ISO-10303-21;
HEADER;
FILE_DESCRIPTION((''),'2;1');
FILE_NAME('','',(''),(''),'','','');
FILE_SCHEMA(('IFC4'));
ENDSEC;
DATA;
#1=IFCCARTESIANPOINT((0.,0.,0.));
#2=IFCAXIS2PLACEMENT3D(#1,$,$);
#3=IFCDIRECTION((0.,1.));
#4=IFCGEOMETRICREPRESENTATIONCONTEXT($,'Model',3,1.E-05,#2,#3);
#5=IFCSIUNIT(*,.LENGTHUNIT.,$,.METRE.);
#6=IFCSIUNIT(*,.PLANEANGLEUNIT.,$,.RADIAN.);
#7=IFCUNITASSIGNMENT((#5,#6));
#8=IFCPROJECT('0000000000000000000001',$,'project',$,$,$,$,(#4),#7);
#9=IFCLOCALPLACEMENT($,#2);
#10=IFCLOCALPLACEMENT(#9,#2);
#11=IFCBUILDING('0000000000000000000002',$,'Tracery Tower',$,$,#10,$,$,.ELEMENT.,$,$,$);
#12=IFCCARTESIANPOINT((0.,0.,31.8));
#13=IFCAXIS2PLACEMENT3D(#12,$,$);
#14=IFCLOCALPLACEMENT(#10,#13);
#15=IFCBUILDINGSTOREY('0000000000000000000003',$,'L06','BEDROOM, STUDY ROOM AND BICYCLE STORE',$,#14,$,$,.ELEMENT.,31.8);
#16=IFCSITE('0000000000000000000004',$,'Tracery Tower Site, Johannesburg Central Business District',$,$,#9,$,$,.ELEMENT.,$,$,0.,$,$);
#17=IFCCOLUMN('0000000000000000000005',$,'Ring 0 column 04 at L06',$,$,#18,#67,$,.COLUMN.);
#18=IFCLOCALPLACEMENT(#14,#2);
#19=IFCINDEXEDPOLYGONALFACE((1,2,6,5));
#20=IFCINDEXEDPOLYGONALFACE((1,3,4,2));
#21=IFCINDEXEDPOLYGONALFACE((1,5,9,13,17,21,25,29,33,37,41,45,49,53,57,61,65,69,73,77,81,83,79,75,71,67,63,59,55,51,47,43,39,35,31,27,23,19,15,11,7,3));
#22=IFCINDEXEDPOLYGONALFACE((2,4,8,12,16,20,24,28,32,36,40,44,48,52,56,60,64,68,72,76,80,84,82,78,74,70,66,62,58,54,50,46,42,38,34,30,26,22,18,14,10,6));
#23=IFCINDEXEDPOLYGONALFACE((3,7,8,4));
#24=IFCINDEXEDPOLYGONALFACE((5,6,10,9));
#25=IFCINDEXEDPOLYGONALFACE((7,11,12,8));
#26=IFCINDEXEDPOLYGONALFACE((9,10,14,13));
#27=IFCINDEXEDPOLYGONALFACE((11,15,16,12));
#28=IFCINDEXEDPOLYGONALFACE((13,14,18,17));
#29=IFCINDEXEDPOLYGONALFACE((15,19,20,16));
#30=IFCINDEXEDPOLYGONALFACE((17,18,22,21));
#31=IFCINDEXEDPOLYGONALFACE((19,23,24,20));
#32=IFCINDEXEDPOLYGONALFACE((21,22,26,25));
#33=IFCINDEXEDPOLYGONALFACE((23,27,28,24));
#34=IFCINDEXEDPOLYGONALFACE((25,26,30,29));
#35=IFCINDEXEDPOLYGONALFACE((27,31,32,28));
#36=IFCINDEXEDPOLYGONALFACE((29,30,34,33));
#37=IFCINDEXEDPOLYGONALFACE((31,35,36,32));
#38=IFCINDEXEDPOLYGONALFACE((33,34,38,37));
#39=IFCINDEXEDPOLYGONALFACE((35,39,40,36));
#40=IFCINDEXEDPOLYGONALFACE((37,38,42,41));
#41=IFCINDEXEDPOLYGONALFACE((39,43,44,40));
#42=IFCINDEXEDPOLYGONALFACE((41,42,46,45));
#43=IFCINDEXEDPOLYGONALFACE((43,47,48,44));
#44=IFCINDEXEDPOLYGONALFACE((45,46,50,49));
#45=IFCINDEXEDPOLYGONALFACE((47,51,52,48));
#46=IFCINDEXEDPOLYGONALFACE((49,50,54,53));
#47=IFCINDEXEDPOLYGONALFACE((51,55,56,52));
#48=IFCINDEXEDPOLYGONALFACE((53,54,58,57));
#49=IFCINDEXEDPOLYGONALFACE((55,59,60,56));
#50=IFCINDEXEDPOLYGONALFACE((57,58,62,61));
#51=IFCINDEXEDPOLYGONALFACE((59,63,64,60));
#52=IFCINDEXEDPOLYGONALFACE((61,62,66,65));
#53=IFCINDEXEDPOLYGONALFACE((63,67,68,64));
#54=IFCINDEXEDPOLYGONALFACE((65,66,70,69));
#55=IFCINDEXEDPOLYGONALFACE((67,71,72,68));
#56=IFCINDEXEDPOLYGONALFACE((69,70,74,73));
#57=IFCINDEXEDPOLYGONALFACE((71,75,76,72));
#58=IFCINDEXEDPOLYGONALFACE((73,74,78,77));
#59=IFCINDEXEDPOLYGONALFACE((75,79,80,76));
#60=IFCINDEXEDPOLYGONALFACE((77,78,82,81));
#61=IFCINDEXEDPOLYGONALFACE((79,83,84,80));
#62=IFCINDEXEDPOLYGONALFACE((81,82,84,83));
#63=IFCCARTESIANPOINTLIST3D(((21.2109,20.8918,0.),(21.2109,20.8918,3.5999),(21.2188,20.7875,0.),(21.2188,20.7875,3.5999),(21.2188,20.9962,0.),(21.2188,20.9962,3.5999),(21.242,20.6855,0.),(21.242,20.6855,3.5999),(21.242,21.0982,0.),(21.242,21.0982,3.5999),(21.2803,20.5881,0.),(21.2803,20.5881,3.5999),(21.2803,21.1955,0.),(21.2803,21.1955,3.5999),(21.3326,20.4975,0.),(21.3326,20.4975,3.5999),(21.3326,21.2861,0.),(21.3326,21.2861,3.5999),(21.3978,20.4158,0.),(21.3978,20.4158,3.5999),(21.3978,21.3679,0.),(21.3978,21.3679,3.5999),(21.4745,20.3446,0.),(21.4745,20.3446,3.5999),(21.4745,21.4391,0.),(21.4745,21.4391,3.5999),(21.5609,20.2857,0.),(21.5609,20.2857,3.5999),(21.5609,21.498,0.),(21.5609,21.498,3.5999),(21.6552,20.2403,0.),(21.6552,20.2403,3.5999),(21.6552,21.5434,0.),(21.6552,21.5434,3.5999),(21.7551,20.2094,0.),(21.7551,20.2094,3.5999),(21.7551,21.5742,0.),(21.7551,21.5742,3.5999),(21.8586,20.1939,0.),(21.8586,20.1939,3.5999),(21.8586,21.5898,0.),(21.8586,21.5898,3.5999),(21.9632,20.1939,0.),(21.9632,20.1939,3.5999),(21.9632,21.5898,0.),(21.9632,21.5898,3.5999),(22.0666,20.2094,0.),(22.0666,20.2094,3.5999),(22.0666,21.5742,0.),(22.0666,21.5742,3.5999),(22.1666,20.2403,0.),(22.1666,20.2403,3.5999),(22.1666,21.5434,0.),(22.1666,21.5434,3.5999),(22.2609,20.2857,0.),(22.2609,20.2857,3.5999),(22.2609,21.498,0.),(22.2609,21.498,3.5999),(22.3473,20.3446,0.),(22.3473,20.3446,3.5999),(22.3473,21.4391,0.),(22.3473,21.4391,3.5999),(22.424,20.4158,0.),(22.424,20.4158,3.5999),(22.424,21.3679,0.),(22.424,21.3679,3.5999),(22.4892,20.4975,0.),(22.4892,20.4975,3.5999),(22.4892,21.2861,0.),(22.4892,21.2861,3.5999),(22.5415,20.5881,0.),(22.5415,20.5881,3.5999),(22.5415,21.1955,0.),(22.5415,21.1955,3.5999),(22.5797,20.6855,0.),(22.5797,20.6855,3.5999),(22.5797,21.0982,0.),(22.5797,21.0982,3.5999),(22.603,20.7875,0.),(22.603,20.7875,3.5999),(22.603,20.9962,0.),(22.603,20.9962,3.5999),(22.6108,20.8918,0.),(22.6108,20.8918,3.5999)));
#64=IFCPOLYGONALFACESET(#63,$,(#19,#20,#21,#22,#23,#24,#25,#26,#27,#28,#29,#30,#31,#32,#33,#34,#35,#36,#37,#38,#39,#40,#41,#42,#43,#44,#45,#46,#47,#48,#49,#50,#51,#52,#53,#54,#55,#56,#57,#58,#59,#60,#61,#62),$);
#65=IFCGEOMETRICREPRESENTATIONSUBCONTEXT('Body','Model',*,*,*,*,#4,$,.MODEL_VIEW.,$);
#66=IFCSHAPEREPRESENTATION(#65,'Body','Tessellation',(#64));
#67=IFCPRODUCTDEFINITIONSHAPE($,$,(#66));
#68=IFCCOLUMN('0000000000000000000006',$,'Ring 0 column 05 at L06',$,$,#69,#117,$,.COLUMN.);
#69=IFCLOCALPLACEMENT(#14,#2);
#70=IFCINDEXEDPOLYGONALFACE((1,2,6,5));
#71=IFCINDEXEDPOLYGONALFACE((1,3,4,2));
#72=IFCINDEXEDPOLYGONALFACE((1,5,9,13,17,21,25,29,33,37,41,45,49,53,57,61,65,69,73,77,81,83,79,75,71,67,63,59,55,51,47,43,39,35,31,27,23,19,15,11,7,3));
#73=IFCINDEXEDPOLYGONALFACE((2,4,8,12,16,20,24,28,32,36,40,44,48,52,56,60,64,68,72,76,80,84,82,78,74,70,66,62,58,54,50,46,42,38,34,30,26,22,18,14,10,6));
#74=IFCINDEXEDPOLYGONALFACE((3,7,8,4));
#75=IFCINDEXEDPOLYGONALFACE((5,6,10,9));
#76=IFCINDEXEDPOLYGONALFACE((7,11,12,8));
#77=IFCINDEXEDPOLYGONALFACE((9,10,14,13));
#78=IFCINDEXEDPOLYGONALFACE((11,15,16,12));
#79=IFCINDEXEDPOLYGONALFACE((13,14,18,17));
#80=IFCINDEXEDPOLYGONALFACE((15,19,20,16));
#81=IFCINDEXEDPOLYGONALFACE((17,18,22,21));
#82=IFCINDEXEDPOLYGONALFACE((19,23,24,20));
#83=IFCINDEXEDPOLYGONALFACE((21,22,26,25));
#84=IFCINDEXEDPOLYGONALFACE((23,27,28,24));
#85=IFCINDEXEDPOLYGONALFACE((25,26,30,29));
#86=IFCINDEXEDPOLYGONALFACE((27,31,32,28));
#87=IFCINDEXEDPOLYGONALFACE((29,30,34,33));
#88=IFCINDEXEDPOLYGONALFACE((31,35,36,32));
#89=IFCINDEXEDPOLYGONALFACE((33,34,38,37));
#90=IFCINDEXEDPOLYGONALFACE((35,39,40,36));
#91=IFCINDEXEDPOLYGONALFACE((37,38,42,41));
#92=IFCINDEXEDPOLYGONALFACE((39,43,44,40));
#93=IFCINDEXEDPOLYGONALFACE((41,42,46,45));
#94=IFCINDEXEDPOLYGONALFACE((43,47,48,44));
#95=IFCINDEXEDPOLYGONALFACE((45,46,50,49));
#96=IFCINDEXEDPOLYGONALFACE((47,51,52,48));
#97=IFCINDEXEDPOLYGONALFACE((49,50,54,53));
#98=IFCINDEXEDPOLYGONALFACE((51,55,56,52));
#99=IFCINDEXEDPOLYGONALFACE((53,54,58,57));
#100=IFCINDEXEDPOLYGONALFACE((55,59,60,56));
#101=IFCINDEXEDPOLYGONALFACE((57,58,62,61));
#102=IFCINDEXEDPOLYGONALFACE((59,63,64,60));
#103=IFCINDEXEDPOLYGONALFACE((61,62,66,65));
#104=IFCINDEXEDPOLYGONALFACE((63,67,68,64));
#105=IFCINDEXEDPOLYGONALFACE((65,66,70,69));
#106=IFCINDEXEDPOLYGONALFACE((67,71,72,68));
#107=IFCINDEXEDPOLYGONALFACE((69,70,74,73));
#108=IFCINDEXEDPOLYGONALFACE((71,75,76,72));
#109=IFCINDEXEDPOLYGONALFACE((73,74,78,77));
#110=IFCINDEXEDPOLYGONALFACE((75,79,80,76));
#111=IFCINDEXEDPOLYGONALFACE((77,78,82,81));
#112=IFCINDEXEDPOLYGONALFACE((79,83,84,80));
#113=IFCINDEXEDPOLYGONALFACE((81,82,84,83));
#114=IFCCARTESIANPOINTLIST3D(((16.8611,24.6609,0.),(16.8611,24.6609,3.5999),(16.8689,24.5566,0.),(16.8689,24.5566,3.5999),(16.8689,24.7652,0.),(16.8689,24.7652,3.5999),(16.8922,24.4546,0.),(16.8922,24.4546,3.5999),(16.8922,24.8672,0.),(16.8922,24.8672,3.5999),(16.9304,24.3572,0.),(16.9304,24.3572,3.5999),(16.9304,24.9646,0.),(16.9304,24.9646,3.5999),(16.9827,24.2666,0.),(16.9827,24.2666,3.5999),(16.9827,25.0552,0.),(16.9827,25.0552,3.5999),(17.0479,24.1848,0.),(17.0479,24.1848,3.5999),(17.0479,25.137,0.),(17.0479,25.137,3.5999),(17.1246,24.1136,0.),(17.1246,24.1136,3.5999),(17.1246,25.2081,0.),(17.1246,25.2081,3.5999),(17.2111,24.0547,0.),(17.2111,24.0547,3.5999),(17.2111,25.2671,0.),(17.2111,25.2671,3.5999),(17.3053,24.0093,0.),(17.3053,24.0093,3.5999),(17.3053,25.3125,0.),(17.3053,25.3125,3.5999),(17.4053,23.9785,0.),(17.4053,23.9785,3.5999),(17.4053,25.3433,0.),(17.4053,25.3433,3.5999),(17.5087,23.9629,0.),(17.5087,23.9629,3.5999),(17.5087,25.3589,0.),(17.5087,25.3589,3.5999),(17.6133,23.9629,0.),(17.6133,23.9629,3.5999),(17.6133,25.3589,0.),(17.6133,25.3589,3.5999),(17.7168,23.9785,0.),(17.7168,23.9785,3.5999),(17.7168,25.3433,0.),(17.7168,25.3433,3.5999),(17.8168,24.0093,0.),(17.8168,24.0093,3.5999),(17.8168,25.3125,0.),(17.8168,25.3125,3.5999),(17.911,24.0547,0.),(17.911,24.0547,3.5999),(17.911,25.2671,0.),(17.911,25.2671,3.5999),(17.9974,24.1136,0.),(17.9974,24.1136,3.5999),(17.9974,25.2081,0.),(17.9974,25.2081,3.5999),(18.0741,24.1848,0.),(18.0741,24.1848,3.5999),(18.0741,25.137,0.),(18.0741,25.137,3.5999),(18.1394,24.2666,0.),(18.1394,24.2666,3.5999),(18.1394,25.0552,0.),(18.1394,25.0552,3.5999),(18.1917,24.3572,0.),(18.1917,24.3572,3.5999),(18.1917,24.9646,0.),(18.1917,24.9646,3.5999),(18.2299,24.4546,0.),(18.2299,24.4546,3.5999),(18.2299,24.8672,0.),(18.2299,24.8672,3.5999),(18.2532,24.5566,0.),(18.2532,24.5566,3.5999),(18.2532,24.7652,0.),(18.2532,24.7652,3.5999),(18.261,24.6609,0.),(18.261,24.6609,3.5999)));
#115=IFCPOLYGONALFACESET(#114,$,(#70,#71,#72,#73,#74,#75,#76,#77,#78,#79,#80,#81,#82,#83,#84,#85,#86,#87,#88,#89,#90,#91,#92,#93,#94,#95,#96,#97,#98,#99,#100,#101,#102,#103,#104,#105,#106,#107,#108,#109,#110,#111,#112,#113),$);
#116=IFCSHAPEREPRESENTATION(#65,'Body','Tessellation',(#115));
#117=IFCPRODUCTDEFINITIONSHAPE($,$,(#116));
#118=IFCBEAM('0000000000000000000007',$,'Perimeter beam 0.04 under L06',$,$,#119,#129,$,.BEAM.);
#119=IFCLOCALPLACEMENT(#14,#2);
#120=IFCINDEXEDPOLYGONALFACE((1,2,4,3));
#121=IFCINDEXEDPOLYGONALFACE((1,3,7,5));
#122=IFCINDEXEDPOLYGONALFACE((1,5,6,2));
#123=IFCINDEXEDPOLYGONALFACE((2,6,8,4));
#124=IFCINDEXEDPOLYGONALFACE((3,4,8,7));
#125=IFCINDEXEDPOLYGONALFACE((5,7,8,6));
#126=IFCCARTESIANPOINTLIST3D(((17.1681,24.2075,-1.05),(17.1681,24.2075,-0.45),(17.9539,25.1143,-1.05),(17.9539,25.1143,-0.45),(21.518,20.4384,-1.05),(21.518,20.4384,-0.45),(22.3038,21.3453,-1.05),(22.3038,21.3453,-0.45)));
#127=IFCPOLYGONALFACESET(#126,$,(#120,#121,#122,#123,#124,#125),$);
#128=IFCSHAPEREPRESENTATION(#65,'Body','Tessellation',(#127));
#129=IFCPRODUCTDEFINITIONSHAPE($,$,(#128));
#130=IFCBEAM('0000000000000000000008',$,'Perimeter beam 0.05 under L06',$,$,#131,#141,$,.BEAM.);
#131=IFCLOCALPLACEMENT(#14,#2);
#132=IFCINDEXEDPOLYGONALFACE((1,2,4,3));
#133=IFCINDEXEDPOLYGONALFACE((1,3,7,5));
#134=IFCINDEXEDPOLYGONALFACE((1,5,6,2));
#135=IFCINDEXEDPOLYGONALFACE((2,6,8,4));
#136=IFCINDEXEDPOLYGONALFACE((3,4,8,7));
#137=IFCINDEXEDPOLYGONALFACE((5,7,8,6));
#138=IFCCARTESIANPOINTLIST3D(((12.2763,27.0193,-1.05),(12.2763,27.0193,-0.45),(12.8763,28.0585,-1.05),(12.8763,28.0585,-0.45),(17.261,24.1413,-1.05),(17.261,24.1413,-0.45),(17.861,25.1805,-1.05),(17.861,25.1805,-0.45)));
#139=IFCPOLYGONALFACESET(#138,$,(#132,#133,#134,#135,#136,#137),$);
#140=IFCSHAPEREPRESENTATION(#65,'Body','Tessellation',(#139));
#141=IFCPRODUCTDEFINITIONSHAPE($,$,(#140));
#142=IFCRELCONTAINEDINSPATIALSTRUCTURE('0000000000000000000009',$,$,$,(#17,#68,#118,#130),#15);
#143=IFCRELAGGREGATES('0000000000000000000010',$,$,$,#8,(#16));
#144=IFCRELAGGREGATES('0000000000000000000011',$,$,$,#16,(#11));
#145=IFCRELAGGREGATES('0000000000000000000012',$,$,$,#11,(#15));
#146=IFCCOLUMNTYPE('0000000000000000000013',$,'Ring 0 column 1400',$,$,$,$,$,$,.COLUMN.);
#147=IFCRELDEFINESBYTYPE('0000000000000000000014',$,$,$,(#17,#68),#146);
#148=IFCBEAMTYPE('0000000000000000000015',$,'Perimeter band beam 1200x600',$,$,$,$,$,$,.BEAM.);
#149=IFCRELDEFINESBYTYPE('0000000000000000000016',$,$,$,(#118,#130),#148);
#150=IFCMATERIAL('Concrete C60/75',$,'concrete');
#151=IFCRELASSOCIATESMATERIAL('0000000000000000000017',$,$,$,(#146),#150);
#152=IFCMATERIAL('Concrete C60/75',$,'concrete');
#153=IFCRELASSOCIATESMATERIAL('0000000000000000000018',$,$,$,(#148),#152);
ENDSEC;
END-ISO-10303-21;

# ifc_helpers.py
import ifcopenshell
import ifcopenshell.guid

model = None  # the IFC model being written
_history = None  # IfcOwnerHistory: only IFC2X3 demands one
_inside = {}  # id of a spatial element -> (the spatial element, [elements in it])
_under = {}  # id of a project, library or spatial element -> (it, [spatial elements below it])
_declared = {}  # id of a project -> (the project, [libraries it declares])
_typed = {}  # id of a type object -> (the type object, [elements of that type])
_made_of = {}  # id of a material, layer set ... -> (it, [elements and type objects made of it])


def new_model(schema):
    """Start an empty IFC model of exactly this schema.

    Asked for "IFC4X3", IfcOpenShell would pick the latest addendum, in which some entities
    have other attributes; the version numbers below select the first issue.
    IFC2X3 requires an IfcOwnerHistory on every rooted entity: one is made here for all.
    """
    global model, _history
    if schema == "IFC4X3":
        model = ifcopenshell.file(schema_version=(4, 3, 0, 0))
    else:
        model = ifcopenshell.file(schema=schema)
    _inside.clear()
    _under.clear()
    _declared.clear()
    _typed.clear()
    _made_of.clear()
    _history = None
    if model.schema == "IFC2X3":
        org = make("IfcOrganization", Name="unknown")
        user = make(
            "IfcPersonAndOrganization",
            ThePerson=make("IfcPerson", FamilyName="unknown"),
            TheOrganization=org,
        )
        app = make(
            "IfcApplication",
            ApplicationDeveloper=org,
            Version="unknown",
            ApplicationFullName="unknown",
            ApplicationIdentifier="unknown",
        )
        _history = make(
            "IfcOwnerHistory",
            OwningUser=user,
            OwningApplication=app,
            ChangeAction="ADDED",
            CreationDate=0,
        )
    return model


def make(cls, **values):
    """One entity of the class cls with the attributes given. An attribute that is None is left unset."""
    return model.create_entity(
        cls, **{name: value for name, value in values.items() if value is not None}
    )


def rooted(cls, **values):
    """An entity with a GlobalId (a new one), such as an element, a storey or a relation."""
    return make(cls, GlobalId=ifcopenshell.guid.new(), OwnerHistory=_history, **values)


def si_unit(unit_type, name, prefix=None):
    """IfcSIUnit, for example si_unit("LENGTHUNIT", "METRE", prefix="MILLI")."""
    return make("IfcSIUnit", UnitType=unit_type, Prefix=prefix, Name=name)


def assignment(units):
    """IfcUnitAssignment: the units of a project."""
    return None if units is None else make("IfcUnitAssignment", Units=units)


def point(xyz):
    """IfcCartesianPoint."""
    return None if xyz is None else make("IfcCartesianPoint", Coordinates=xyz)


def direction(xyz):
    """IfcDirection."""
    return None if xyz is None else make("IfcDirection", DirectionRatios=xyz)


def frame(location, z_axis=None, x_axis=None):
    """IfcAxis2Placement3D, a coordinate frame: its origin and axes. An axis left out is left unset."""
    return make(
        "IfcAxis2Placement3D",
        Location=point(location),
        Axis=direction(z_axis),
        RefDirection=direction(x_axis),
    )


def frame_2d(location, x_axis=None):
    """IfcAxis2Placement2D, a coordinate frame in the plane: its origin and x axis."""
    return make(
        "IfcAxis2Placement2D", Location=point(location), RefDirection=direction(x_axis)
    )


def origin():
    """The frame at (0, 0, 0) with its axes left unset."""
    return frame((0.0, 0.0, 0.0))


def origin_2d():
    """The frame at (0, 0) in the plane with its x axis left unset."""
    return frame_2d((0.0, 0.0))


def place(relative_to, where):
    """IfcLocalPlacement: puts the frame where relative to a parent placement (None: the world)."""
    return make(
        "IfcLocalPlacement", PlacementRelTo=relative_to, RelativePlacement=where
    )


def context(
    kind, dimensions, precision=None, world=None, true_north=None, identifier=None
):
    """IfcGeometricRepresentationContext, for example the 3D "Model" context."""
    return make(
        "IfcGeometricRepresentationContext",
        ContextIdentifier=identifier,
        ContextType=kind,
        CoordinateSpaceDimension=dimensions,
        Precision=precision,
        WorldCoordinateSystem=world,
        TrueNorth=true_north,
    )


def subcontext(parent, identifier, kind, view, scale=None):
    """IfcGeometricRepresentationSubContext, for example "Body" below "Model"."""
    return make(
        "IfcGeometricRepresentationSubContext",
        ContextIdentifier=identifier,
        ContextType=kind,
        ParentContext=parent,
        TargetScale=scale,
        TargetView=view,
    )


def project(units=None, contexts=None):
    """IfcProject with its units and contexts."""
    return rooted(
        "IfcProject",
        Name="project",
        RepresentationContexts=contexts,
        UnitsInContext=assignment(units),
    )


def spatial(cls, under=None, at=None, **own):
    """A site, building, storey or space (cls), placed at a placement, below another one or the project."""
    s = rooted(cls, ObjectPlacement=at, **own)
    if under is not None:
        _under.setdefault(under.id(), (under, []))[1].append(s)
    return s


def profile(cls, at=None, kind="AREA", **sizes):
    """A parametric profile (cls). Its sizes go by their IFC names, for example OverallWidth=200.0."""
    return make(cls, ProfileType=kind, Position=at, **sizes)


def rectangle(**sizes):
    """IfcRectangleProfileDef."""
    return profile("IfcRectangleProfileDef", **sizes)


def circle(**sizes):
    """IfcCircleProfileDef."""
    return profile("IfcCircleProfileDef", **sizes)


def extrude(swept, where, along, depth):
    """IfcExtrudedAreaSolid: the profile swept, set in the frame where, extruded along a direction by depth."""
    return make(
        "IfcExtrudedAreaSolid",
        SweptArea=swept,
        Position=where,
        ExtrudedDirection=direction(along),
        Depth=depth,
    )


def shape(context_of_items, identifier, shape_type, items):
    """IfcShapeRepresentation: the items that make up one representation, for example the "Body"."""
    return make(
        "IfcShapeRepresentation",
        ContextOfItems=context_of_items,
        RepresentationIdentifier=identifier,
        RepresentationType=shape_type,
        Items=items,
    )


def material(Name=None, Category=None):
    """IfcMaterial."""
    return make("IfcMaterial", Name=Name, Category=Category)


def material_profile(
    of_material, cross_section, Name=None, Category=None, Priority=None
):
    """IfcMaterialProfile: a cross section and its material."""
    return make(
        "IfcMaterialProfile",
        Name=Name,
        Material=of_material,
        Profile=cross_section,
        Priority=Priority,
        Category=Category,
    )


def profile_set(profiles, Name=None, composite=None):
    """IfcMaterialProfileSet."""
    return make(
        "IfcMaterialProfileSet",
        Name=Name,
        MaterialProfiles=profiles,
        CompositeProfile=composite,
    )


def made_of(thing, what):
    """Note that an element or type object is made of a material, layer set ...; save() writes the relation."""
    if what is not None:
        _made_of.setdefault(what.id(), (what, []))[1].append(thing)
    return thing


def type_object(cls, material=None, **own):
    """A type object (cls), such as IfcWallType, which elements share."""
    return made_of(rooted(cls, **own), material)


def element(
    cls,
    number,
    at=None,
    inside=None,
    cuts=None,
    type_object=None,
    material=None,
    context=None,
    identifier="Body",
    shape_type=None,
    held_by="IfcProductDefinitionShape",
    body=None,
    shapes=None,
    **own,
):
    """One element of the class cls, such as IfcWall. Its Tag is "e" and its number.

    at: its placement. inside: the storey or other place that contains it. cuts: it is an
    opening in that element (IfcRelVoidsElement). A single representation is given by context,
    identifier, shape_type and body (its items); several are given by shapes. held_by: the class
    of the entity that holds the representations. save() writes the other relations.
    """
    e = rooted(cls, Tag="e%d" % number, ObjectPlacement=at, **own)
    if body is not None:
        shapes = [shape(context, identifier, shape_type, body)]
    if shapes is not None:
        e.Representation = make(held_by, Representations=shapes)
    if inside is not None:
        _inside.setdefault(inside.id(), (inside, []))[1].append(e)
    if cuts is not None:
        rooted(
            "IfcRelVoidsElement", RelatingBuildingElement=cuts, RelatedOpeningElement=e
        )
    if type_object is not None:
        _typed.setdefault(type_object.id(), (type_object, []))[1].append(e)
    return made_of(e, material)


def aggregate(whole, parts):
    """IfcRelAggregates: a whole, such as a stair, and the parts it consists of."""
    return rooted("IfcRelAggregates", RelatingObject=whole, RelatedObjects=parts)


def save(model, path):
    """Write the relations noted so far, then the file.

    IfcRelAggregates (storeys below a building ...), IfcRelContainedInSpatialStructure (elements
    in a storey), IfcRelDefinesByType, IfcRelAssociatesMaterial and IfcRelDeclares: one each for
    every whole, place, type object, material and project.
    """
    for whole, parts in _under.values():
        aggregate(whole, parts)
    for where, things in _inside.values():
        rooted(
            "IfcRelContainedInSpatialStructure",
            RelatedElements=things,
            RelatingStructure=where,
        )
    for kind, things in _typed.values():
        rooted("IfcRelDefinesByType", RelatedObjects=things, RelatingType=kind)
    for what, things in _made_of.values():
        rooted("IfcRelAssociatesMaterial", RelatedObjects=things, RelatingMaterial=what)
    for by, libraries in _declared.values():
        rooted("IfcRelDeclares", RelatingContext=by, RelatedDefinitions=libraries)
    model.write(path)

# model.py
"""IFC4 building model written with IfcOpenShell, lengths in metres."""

from ifc_helpers import new_model, si_unit, direction, frame, origin, origin_2d, place, context, subcontext, project, spatial, rectangle, circle, extrude, material, material_profile, profile_set, type_object, element, save


model = new_model("IFC4")

# Units and contexts
model_context = context("Model", 3, precision=1e-05, world=origin(), true_north=direction((0.0, 1.0)))
body_context = subcontext(model_context, "Body", "Model", "MODEL_VIEW")
ifc_project = project(units=[si_unit("LENGTHUNIT", "METRE"), si_unit("PLANEANGLEUNIT", "RADIAN")], contexts=[model_context])

# Site, building, storey
site_placement = place(None, origin())
site = spatial("IfcSite", under=ifc_project, at=site_placement, Name="Tracery Tower Site, Johannesburg Central Business District", CompositionType="ELEMENT", RefElevation=0.0)
building_placement = place(site_placement, origin())
building = spatial("IfcBuilding", under=site, at=building_placement, Name="Tracery Tower", CompositionType="ELEMENT")
storey_placement = place(building_placement, frame((0.0, 0.0, 31.8)))
storey = spatial("IfcBuildingStorey", under=building, at=storey_placement, Name="L06", Description="BEDROOM, STUDY ROOM AND BICYCLE STORE", CompositionType="ELEMENT", Elevation=31.8)

# Columns
ifc_material_1 = material(Name="Concrete C60/75", Category="concrete")
ifc_material_profile_1 = material_profile(ifc_material_1, circle(Radius=0.7, at=origin_2d()), Name="RC D1400")
ifc_profile_set_1 = profile_set([ifc_material_profile_1], Name="Concrete C60/75")
column_type = type_object("IfcColumnType", Name="Ring 0 column 1400", PredefinedType="COLUMN", material=ifc_profile_set_1)
for number, where, z_axis, x_axis, name in (
    (1, (21.9109, 20.8918, 0.0), (0.0, 0.0, 1.0), (1.0, 0.0, 0.0), "Ring 0 column 04 at L06"),
    (2, (17.561, 24.6609, 0.0), (0.0, 0.0, 1.0), (1.0, 0.0, 0.0), "Ring 0 column 05 at L06"),
):
    element("IfcColumn", number, at=place(storey_placement, frame(where, z_axis=z_axis, x_axis=x_axis)), inside=storey, type_object=column_type, Name=name, PredefinedType="COLUMN", context=body_context, shape_type="SweptSolid", body=[
        extrude(circle(Radius=0.7, at=origin_2d()), origin(), (0.0, 0.0, 1.0), 3.5999),
    ])

# Beams
ifc_material_2 = material(Name="Concrete C60/75", Category="concrete")
ifc_material_profile_2 = material_profile(ifc_material_2, rectangle(XDim=1.2, YDim=0.6001, at=origin_2d()), Name="RC 1200x600")
ifc_profile_set_2 = profile_set([ifc_material_profile_2], Name="Concrete C60/75")
beam_type = type_object("IfcBeamType", Name="Perimeter band beam 1200x600", PredefinedType="BEAM", material=ifc_profile_set_2)
beam_1_placement = place(storey_placement, frame((21.9109, 20.8918, -0.75), z_axis=(-0.75576, 0.654848, 0.0), x_axis=(-0.654848, -0.75576, 0.0)))
element("IfcBeam", 3, at=beam_1_placement, inside=storey, type_object=beam_type, Name="Perimeter beam 0.04 under L06", PredefinedType="BEAM", context=body_context, shape_type="SweptSolid", body=[
    extrude(rectangle(XDim=1.2, YDim=0.6001, at=origin_2d()), origin(), (0.0, 0.0, 1.0), 5.7556),
])
beam_2_placement = place(storey_placement, frame((17.561, 24.6609, -0.75), z_axis=(-0.866021, 0.500008, 0.0), x_axis=(-0.500008, -0.866021, 0.0)))
element("IfcBeam", 4, at=beam_2_placement, inside=storey, type_object=beam_type, Name="Perimeter beam 0.05 under L06", PredefinedType="BEAM", context=body_context, shape_type="SweptSolid", body=[
    extrude(rectangle(XDim=1.2, YDim=0.6001, at=origin_2d()), origin(), (0.0, 0.0, 1.0), 5.7559),
])

save(model, "model.ifc")
